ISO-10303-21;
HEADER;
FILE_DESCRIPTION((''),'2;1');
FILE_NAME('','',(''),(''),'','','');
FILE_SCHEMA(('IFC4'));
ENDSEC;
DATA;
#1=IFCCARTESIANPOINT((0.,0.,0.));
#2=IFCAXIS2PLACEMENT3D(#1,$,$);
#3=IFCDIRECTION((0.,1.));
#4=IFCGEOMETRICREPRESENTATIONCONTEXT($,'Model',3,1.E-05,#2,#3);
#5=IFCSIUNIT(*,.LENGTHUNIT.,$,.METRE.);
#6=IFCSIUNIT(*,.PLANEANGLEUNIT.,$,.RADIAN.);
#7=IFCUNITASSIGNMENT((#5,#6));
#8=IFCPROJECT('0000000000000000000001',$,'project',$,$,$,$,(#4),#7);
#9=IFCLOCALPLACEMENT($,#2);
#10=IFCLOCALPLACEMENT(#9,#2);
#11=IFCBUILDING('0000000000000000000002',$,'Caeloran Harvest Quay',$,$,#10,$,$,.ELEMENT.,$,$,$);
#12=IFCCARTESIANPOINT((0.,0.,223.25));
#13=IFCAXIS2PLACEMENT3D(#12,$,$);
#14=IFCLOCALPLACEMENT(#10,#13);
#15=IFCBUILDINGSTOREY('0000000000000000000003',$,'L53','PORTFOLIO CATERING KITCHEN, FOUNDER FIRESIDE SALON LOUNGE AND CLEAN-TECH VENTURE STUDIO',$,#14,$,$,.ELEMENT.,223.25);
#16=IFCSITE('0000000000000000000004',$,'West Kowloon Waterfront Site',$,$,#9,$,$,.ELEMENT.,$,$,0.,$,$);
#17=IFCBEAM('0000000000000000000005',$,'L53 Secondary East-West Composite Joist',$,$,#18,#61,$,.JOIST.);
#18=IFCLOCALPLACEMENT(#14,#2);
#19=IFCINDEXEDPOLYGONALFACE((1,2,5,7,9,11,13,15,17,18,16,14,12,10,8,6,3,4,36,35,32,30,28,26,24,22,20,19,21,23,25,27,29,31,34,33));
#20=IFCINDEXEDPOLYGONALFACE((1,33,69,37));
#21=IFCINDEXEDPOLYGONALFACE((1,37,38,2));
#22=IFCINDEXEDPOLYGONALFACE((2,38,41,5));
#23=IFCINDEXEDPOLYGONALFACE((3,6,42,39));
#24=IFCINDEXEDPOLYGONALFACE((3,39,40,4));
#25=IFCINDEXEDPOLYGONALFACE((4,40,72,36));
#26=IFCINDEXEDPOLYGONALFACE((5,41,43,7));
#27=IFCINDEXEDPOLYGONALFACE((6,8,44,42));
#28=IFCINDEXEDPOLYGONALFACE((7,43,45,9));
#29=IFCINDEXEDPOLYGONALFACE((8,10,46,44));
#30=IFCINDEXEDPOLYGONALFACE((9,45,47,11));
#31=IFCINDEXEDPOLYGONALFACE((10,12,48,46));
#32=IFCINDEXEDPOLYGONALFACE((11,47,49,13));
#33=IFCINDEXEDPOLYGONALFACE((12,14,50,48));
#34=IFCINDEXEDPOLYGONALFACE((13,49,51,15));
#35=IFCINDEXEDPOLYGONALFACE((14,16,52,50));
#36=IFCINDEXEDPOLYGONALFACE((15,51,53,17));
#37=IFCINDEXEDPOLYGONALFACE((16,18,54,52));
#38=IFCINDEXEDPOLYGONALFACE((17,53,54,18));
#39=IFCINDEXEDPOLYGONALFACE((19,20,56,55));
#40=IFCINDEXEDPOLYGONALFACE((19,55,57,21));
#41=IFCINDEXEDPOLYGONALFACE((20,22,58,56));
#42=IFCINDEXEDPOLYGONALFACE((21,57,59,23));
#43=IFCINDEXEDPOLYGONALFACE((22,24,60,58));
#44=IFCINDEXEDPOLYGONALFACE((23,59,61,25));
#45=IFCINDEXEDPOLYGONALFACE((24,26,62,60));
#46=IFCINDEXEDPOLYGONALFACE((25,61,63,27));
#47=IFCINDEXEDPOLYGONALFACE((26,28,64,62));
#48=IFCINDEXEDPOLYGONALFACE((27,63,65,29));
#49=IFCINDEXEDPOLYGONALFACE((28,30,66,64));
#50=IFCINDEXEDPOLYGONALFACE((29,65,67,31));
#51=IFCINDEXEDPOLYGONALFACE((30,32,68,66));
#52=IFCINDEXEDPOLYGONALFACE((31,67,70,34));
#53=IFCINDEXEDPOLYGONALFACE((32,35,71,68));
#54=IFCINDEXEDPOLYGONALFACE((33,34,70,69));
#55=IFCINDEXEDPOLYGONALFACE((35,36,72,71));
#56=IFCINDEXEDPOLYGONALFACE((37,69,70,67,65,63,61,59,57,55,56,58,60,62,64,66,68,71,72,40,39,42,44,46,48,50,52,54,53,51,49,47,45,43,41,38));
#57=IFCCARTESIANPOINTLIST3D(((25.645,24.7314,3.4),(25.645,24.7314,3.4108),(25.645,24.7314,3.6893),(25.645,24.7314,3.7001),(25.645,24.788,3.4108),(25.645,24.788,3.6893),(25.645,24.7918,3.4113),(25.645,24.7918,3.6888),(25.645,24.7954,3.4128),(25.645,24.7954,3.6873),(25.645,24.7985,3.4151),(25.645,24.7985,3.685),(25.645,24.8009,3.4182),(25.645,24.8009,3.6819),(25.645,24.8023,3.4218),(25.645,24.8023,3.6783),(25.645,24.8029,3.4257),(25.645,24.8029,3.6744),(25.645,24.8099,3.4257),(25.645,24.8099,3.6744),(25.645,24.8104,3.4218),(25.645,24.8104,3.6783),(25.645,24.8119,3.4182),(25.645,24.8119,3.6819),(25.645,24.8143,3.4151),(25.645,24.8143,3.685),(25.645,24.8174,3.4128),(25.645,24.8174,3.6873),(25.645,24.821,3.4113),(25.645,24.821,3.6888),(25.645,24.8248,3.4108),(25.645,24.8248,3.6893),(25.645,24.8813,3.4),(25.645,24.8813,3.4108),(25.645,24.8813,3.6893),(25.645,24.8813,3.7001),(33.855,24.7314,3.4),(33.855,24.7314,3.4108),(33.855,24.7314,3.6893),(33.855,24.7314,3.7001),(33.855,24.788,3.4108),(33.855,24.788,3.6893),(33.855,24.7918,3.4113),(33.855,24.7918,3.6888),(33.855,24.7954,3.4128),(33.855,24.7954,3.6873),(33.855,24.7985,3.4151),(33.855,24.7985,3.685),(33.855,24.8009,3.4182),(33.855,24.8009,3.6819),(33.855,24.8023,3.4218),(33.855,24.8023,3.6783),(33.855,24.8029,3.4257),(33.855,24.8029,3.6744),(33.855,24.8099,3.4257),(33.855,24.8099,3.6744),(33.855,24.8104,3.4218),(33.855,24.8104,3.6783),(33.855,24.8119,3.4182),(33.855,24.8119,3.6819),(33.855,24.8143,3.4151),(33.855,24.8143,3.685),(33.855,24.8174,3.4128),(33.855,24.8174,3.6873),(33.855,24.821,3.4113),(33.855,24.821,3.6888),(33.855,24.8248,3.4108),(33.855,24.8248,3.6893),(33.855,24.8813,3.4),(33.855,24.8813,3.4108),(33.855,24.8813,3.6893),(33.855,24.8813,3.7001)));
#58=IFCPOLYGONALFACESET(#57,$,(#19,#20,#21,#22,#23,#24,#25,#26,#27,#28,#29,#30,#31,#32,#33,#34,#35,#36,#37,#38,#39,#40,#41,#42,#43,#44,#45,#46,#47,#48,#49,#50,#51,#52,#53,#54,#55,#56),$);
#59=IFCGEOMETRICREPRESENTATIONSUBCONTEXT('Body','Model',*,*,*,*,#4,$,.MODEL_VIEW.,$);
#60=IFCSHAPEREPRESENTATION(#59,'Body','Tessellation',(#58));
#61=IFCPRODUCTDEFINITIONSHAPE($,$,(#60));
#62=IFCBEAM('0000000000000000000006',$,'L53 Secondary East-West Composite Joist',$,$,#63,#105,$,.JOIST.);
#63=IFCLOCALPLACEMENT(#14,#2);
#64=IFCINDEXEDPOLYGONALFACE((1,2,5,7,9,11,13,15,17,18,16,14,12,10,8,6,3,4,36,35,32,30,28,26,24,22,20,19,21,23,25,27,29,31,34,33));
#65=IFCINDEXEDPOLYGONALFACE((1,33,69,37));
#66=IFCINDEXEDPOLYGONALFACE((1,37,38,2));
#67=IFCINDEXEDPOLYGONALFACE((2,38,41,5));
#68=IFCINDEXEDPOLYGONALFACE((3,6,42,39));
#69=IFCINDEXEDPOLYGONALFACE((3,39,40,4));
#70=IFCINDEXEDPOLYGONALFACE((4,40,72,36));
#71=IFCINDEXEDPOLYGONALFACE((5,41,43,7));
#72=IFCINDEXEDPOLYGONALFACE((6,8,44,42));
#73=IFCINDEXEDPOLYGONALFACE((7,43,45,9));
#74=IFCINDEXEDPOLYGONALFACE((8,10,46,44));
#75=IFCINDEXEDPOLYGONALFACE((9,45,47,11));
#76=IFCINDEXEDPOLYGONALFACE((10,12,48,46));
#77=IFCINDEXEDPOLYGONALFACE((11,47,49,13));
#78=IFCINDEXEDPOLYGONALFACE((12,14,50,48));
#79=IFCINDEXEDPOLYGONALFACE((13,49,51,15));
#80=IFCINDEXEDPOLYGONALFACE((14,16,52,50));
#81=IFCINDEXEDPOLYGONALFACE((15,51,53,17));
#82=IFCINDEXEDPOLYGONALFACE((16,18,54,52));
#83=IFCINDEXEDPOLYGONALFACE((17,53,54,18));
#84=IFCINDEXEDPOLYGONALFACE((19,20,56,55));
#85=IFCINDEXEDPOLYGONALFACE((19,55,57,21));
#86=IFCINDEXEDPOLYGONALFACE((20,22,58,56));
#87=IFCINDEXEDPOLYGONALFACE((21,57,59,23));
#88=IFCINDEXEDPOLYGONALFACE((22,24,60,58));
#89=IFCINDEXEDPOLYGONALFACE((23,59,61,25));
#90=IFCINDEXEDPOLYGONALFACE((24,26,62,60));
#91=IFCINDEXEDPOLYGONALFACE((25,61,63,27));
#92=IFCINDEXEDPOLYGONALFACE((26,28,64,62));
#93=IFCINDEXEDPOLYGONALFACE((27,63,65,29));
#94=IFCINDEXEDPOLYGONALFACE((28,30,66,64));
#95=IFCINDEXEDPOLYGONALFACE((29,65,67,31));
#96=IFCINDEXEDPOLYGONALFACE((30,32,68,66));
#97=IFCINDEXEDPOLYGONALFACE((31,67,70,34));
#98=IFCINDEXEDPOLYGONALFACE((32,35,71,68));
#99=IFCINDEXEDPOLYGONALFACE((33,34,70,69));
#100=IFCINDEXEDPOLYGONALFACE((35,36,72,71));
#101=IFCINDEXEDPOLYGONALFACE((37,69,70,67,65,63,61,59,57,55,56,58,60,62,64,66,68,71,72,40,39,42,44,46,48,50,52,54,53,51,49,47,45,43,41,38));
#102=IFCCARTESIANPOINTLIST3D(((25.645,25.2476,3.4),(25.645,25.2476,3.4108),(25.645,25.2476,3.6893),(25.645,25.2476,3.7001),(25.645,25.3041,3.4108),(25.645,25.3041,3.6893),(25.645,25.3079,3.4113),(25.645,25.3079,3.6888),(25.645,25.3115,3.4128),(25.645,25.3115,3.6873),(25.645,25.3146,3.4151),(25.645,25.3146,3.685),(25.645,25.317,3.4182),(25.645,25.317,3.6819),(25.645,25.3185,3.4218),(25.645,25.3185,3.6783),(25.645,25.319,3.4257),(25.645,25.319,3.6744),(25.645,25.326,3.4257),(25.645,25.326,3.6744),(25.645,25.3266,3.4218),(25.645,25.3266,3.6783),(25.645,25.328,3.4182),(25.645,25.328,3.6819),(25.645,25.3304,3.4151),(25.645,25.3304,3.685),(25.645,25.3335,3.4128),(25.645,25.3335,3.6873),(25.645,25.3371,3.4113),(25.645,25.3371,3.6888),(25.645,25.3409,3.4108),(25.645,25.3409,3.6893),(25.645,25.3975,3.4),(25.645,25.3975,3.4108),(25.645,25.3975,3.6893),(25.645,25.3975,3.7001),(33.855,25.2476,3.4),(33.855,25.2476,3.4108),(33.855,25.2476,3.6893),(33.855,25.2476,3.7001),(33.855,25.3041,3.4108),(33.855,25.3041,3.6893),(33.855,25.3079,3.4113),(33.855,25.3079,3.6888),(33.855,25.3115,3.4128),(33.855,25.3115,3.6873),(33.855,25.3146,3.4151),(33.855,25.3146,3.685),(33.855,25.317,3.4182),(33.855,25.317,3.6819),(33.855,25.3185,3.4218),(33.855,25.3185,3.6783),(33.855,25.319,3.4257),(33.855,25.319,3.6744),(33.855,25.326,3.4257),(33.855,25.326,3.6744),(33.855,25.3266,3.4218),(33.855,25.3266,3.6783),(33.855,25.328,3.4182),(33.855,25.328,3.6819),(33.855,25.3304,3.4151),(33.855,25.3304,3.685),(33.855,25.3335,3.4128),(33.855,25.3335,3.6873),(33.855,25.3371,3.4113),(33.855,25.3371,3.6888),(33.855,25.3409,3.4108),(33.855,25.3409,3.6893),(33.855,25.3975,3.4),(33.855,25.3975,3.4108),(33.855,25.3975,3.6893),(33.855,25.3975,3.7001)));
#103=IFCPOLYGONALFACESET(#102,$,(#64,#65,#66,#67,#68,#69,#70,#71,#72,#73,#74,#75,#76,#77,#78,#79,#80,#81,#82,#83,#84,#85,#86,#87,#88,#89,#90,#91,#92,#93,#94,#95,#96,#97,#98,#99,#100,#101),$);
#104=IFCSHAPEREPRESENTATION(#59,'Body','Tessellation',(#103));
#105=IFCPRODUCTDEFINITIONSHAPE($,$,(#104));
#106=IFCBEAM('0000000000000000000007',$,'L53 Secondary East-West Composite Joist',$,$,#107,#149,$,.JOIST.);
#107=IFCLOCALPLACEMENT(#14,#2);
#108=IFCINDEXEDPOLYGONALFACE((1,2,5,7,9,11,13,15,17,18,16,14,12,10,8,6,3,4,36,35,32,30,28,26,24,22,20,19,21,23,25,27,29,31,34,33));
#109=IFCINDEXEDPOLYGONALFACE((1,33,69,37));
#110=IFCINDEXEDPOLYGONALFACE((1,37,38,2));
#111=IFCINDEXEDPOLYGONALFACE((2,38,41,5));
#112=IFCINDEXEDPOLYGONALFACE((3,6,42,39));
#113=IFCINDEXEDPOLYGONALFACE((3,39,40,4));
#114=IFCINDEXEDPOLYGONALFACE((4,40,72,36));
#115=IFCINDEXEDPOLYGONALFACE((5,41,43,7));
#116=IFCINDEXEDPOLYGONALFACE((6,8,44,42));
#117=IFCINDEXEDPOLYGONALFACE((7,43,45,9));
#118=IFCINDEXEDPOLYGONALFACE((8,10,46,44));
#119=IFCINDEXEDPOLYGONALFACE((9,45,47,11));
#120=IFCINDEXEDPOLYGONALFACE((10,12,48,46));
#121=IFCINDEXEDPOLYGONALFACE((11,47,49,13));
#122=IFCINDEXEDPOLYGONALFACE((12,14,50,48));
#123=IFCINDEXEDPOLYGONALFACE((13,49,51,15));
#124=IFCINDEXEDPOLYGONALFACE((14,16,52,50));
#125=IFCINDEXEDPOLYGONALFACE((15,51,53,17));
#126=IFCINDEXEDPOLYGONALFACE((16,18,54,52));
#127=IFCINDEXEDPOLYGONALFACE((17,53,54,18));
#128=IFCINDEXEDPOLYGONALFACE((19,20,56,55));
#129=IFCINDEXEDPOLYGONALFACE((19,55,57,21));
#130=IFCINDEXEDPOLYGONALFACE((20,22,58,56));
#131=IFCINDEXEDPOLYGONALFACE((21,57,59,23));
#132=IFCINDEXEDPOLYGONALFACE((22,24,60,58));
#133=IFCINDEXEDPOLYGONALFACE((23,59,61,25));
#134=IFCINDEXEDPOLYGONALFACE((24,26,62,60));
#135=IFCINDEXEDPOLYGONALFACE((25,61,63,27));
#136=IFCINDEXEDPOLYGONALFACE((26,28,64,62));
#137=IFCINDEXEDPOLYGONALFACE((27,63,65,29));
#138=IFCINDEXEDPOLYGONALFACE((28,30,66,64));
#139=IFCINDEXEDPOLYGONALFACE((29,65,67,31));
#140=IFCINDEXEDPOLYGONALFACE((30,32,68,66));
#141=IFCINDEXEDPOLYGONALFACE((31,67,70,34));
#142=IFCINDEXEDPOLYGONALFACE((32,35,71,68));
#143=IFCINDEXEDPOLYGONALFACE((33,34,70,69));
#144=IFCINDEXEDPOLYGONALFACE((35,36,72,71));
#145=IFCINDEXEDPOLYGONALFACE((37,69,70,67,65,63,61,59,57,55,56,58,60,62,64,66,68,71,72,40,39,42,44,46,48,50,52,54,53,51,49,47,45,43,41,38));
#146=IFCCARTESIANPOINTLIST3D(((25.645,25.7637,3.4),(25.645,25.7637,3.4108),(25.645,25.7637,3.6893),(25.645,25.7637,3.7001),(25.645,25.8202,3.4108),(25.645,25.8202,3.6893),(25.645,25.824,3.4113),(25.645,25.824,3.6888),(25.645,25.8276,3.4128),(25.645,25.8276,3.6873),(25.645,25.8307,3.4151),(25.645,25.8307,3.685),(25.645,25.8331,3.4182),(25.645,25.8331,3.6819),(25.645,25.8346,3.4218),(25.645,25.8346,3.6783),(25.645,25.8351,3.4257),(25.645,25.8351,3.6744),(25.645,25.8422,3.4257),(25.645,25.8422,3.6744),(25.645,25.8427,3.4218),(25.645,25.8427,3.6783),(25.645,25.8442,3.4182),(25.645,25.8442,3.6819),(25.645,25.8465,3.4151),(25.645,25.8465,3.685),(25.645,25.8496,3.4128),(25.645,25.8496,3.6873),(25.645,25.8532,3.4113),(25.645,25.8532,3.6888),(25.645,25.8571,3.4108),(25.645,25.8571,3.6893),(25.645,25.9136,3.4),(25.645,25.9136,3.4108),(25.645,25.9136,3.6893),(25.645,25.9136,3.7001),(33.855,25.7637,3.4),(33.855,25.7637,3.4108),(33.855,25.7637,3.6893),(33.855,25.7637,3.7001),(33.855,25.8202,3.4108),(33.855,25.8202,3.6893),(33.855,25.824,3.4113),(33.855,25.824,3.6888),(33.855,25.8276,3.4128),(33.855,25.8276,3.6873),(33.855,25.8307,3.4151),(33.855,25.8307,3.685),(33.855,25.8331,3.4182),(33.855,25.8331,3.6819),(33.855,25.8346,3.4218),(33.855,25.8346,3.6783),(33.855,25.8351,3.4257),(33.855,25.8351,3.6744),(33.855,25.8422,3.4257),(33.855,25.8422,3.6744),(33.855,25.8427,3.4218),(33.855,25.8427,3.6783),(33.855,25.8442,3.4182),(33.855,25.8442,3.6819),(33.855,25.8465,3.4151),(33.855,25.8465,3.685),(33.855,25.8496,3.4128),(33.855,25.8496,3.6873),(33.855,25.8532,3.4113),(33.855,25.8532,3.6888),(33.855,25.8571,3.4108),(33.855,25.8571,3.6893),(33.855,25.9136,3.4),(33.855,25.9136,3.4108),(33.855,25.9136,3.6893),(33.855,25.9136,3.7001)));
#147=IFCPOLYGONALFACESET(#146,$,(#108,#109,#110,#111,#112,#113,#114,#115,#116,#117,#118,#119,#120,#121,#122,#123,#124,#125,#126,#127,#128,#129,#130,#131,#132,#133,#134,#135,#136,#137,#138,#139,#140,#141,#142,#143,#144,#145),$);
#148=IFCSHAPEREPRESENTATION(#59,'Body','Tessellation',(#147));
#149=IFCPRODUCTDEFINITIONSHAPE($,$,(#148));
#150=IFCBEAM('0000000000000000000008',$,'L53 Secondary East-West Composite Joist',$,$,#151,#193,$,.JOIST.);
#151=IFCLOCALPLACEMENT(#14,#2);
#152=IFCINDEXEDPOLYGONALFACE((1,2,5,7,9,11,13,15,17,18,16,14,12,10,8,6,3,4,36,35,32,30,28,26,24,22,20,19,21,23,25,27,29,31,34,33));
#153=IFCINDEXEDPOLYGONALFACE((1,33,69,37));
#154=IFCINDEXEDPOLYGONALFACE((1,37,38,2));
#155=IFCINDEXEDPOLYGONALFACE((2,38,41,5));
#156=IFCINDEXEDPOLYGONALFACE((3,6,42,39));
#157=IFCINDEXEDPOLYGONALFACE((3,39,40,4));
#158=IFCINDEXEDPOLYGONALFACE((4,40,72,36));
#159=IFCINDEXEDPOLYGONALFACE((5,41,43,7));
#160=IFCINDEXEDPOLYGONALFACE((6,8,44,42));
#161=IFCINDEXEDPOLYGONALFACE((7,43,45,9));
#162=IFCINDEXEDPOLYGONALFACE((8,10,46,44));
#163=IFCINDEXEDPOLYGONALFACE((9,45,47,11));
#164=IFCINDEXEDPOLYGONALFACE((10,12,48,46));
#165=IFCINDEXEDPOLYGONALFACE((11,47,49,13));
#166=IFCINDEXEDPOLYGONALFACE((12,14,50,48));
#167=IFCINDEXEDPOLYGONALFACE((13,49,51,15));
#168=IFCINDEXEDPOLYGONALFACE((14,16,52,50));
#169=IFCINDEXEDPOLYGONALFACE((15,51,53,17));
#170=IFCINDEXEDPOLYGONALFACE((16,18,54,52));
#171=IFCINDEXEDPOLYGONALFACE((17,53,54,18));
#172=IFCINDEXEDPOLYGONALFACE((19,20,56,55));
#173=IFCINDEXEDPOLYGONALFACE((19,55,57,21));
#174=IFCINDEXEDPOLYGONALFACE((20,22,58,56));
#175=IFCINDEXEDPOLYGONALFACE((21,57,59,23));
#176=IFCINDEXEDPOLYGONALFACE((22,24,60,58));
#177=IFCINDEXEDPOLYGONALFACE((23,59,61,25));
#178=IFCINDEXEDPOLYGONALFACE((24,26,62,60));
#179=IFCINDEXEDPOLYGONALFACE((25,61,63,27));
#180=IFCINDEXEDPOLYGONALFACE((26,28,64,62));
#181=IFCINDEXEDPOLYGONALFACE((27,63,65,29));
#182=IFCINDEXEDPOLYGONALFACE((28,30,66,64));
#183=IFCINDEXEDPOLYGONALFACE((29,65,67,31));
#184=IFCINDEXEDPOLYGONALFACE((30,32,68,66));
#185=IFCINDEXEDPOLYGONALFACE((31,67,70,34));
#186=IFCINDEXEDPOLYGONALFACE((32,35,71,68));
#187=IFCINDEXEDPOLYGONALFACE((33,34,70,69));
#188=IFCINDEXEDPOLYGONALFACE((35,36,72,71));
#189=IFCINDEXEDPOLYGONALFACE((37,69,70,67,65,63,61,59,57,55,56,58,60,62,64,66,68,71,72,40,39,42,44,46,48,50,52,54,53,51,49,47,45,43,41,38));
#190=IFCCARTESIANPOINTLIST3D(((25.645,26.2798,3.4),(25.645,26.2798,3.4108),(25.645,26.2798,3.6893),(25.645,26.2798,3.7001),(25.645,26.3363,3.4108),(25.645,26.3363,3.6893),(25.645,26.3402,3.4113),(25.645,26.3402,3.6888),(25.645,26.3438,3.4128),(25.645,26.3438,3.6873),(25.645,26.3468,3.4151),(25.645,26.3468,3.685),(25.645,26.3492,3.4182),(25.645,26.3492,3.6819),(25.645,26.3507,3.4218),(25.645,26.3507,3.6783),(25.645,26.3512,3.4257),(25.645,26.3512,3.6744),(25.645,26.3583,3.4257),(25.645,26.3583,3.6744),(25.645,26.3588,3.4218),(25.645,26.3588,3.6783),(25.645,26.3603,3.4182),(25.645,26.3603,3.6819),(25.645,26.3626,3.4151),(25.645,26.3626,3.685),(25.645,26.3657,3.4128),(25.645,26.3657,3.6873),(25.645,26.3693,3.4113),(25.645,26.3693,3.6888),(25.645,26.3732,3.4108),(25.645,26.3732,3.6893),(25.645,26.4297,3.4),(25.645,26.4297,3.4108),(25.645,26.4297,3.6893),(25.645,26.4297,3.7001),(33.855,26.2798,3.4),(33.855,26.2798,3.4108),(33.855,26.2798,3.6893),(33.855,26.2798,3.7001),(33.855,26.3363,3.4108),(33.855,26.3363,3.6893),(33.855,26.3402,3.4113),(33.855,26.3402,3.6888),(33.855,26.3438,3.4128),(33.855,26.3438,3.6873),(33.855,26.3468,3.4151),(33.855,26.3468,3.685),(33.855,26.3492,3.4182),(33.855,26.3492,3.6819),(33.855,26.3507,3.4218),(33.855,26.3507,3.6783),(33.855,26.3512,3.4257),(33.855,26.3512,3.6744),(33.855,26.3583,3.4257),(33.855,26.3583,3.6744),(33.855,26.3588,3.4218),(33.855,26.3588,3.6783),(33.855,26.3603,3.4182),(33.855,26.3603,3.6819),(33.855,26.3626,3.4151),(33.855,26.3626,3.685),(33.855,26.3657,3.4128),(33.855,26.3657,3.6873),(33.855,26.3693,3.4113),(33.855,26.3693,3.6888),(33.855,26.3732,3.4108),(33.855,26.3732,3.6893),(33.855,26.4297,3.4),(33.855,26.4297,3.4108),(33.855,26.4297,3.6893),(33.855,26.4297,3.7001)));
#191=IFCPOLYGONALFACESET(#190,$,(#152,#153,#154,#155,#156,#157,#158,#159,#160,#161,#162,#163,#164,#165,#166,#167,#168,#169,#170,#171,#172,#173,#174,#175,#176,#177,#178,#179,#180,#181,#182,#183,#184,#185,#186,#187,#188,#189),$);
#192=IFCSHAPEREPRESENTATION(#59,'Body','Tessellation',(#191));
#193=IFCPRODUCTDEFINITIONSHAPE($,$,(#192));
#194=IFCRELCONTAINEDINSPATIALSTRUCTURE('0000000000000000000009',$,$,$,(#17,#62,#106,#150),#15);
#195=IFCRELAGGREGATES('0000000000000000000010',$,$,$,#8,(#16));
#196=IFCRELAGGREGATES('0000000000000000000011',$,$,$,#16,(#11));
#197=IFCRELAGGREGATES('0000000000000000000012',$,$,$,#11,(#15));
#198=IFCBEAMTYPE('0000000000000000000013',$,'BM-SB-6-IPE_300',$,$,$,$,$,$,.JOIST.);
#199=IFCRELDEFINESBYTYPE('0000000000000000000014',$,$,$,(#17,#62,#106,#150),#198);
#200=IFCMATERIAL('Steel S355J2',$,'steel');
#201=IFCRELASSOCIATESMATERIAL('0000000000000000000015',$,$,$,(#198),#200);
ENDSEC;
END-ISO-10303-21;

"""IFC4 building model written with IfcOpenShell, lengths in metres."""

from ifc_helpers import new_model, si_unit, direction, frame, origin, origin_2d, place, context, subcontext, project, spatial, i_section, extrude, material, material_profile, profile_set, type_object, element, save


model = new_model("IFC4")

# Units and contexts
model_context = context("Model", 3, precision=1e-05, world=origin(), true_north=direction((0.0, 1.0)))
body_context = subcontext(model_context, "Body", "Model", "MODEL_VIEW")
ifc_project = project(units=[si_unit("LENGTHUNIT", "METRE"), si_unit("PLANEANGLEUNIT", "RADIAN")], contexts=[model_context])

# Site, building, storey
site_placement = place(None, origin())
site = spatial("IfcSite", under=ifc_project, at=site_placement, Name="West Kowloon Waterfront Site", CompositionType="ELEMENT", RefElevation=0.0)
building_placement = place(site_placement, origin())
building = spatial("IfcBuilding", under=site, at=building_placement, Name="Caeloran Harvest Quay", CompositionType="ELEMENT")
storey_placement = place(building_placement, frame((0.0, 0.0, 223.25)))
storey = spatial("IfcBuildingStorey", under=building, at=storey_placement, Name="L53", Description="PORTFOLIO CATERING KITCHEN, FOUNDER FIRESIDE SALON LOUNGE AND CLEAN-TECH VENTURE STUDIO", CompositionType="ELEMENT", Elevation=223.25)

# Beams
ifc_material_1 = material(Name="Steel S355J2", Category="steel")
ifc_material_profile_1 = material_profile(ifc_material_1, i_section(OverallWidth=0.1499, OverallDepth=0.3, WebThickness=0.0071, FlangeThickness=0.0107, FilletRadius=0.0149, at=origin_2d()), Name="IPE 300")
ifc_profile_set_1 = profile_set([ifc_material_profile_1], Name="Steel S355J2")
beam_type_1 = type_object("IfcBeamType", Name="BM-SB-6-IPE_300", PredefinedType="JOIST", material=ifc_profile_set_1)
for number, where, z_axis, x_axis, name in (
    (1, (25.645, 24.8064, 3.55), (1.0, 0.0, 0.0), (0.0, 1.0, 0.0), "L53 Secondary East-West Composite Joist"),
    (2, (25.645, 25.3225, 3.55), (1.0, 0.0, 0.0), (0.0, 1.0, 0.0), "L53 Secondary East-West Composite Joist"),
    (3, (25.645, 25.8386, 3.55), (1.0, 0.0, 0.0), (0.0, 1.0, 0.0), "L53 Secondary East-West Composite Joist"),
    (4, (25.645, 26.3547, 3.55), (1.0, 0.0, 0.0), (0.0, 1.0, 0.0), "L53 Secondary East-West Composite Joist"),
):
    element("IfcBeam", number, at=place(storey_placement, frame(where, z_axis=z_axis, x_axis=x_axis)), inside=storey, type_object=beam_type_1, Name=name, PredefinedType="JOIST", context=body_context, shape_type="SweptSolid", body=[
        extrude(i_section(OverallWidth=0.1499, OverallDepth=0.3, WebThickness=0.0071, FlangeThickness=0.0107, FilletRadius=0.0149, at=origin_2d()), origin(), (0.0, 0.0, 1.0), 8.21),
    ])

save(model, "model.ifc")
